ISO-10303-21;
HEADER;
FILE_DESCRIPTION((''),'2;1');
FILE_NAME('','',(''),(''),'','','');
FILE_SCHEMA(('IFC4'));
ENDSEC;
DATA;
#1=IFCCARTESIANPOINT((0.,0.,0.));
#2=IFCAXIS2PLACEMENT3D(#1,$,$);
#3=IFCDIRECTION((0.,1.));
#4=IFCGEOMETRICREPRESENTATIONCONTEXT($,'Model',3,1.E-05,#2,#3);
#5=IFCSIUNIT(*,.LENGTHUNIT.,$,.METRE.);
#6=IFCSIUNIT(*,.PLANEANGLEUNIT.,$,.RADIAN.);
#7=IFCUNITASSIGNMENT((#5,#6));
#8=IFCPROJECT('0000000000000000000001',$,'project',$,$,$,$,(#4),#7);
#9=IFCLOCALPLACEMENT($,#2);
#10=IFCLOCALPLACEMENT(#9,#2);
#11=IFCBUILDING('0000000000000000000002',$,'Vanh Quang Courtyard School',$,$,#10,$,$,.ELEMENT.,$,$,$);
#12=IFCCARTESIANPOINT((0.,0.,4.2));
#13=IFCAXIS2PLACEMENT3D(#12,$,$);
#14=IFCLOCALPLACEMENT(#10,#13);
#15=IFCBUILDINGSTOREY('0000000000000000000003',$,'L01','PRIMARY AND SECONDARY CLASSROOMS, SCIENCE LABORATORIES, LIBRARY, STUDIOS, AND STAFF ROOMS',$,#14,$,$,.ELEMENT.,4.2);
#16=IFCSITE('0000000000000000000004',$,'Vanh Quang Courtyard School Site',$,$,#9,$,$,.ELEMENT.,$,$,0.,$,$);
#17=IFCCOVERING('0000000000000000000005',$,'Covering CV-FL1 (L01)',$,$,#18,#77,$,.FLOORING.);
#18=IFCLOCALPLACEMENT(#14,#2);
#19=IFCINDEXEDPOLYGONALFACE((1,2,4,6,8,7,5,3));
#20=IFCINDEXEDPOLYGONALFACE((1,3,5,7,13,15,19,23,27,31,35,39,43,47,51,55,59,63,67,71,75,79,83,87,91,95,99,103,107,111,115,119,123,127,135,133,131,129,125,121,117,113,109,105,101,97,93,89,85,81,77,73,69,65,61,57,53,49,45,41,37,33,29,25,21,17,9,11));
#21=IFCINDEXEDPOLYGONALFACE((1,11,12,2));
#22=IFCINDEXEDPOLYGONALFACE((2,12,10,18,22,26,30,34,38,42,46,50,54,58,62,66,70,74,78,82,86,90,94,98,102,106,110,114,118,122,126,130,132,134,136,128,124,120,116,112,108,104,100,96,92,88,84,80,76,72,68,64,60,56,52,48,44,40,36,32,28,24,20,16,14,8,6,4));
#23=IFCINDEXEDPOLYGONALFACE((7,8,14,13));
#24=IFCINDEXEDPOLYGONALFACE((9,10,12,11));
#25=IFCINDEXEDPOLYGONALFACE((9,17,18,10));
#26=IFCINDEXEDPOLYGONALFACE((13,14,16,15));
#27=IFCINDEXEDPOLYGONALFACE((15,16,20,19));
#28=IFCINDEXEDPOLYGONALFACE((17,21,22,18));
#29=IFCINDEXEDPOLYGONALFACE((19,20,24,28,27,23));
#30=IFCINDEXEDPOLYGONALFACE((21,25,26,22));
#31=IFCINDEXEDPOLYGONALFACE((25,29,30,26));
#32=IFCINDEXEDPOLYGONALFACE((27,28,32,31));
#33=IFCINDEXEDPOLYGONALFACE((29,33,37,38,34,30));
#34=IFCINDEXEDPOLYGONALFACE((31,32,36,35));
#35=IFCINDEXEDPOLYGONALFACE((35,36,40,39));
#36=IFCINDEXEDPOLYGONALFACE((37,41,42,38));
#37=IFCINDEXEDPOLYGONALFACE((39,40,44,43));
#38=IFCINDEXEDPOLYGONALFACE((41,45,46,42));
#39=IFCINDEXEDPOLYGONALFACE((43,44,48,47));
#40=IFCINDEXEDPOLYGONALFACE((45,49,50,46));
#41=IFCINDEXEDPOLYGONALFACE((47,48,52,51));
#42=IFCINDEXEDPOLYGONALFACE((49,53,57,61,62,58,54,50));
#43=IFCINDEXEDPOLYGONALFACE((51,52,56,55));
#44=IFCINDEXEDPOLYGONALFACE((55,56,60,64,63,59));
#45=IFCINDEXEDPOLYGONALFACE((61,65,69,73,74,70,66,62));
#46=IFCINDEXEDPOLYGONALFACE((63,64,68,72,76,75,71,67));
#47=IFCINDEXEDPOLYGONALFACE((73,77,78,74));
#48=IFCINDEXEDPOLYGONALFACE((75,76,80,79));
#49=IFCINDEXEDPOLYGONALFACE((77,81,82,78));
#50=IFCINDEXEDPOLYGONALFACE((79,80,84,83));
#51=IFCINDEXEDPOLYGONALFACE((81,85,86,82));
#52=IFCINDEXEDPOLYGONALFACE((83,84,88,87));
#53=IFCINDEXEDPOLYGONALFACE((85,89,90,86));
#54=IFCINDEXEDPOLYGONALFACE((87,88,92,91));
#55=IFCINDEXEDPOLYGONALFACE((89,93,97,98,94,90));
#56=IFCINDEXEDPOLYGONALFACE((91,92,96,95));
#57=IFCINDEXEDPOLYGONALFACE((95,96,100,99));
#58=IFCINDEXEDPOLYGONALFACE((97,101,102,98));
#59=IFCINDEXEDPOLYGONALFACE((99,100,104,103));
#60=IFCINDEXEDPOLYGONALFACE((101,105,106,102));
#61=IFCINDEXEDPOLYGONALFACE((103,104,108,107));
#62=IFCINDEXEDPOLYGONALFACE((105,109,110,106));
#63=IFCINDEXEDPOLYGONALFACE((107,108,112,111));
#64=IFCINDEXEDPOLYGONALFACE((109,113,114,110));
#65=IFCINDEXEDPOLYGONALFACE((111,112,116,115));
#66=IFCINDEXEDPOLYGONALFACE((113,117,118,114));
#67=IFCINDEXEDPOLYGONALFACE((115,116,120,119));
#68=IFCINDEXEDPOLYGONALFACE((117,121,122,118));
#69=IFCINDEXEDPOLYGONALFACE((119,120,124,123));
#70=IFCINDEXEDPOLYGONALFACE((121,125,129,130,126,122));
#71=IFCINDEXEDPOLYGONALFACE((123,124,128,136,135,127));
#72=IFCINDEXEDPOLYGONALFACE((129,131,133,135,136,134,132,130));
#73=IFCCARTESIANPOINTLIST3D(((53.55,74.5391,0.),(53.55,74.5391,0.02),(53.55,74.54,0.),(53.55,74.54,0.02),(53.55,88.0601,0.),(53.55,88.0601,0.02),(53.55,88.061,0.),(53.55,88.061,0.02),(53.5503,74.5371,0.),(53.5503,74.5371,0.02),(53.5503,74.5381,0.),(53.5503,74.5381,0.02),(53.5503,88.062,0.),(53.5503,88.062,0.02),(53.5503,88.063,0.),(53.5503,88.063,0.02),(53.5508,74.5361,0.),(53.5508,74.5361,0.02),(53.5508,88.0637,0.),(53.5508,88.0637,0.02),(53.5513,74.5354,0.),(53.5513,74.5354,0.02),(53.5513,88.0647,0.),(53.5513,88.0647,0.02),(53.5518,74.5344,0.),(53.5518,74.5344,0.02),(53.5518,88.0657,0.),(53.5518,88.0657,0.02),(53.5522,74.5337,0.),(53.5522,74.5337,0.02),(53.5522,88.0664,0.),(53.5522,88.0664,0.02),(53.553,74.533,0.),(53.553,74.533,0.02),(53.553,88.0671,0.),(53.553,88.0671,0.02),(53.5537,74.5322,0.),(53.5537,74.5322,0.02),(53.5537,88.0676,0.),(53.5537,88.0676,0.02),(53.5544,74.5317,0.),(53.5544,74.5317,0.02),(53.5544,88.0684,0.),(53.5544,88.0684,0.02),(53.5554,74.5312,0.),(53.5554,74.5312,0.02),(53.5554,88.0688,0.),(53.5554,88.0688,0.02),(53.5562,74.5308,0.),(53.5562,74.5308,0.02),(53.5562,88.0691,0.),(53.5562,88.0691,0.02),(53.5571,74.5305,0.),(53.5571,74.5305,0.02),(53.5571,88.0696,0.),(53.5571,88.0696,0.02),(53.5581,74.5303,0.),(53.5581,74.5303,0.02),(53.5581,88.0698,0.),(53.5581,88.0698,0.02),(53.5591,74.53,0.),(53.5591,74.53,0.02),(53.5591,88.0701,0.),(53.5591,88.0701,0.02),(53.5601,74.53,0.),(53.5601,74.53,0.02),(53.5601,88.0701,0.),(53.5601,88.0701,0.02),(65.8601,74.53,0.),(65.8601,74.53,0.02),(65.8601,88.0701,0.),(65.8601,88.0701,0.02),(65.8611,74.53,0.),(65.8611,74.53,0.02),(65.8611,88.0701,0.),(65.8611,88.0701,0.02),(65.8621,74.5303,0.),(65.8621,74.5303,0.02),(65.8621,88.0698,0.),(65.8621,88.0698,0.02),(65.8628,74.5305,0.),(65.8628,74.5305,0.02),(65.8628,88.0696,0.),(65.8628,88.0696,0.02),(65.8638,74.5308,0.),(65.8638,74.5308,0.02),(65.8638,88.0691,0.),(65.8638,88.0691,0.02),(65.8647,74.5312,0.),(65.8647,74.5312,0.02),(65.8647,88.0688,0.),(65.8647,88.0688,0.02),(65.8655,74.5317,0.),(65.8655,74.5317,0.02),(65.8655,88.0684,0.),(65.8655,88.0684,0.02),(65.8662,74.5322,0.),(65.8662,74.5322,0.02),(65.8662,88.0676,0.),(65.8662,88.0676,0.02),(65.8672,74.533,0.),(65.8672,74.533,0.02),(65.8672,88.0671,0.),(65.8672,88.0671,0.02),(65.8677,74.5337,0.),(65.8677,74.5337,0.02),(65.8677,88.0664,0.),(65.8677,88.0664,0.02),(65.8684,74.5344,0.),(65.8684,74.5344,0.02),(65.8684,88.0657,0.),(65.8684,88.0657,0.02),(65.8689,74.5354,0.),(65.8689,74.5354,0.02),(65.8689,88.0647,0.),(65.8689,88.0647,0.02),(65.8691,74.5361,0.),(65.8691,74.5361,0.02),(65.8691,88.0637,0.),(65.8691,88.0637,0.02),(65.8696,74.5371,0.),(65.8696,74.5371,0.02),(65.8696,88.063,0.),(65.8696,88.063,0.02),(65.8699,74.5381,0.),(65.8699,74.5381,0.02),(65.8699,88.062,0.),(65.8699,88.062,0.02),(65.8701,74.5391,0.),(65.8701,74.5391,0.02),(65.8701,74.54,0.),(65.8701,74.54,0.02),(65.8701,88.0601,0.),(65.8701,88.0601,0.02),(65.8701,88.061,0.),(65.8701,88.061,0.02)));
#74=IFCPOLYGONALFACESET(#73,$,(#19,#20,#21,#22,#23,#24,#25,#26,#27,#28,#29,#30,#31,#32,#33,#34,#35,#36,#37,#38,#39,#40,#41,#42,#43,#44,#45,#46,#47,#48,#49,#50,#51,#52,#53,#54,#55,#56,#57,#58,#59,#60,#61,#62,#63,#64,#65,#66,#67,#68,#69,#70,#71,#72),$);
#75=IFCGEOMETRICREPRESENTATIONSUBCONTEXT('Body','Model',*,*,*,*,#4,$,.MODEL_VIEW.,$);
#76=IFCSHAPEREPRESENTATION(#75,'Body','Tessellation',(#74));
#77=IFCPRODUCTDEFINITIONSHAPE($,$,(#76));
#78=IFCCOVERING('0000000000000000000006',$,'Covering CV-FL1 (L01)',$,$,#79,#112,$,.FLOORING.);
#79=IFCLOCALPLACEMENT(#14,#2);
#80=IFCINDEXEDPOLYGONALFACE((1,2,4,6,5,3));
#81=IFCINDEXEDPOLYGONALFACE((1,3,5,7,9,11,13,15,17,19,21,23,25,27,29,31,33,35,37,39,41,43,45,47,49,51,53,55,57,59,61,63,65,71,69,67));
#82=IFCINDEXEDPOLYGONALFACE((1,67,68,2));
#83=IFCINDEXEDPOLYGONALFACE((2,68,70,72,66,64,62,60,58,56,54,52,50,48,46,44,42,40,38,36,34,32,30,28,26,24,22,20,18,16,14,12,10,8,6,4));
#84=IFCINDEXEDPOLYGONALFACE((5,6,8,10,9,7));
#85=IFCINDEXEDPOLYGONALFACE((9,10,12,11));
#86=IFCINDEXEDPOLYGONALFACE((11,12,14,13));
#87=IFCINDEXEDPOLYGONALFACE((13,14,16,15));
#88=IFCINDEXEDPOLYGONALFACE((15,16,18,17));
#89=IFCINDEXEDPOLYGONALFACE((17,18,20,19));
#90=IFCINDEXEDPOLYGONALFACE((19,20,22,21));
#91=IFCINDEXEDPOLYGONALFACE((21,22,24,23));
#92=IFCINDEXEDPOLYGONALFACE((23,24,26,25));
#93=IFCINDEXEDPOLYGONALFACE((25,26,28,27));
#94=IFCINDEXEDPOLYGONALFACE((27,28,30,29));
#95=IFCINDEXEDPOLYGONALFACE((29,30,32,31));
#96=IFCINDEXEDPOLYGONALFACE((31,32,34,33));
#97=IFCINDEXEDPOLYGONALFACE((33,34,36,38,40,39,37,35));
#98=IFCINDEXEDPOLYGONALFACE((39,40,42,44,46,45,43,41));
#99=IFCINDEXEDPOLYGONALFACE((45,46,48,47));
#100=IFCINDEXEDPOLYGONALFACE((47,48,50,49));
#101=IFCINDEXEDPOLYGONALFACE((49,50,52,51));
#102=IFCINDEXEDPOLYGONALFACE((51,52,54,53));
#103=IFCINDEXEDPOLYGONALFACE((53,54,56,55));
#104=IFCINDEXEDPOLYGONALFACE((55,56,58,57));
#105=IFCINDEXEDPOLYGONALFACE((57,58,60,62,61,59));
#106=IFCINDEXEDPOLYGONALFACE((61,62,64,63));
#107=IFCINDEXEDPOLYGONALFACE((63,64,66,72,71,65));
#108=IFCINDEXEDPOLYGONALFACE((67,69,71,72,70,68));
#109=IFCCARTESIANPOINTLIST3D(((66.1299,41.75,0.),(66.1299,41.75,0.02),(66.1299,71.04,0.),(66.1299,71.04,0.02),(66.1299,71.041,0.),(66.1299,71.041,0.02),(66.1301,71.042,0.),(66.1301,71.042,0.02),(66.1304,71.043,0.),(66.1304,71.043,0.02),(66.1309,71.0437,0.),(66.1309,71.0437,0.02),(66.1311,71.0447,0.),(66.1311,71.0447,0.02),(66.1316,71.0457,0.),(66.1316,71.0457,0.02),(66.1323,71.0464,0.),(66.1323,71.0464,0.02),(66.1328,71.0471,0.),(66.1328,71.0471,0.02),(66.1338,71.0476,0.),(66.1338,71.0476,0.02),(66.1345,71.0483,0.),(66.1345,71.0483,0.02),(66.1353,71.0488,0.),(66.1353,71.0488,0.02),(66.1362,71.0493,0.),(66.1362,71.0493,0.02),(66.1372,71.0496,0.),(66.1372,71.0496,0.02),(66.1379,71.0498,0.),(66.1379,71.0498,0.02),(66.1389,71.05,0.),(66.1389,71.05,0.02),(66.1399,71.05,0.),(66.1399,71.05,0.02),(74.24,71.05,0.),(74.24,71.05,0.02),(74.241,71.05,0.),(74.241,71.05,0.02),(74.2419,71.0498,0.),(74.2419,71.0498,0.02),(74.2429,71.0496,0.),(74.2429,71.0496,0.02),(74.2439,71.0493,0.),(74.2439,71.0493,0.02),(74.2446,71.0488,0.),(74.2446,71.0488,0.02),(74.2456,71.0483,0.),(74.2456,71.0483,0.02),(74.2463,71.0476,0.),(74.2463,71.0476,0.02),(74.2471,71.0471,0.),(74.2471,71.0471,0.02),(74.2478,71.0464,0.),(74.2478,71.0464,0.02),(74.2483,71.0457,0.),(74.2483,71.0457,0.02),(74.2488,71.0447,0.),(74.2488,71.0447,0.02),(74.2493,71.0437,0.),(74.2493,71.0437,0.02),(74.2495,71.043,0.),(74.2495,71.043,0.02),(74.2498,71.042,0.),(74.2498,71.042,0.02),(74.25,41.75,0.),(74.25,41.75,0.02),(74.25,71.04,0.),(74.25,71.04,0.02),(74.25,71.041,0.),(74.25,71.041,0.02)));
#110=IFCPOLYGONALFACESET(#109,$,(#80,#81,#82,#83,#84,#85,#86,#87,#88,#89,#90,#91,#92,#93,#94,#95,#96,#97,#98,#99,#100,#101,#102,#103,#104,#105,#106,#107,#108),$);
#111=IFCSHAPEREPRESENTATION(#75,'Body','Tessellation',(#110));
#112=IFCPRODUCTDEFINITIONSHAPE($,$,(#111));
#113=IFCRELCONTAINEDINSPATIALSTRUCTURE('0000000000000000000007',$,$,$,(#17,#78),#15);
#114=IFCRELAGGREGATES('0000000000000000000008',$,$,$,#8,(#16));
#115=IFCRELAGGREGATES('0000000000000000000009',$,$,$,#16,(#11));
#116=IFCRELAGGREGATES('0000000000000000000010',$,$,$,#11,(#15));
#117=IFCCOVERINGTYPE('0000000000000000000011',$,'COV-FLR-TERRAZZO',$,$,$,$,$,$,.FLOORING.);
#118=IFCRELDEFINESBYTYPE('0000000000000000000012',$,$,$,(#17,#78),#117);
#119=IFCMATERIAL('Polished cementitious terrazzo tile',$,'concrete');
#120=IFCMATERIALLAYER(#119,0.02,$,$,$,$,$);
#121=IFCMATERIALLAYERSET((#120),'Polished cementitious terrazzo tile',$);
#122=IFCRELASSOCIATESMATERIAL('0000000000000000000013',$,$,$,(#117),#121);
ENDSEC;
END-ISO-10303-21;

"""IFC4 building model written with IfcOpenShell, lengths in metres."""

from ifc_helpers import new_model, si_unit, direction, frame, origin, place, context, subcontext, project, spatial, polyline, outline, extrude, material, layer, layer_set, type_object, element, save


model = new_model("IFC4")

# Units and contexts
model_context = context("Model", 3, precision=1e-05, world=origin(), true_north=direction((0.0, 1.0)))
body_context = subcontext(model_context, "Body", "Model", "MODEL_VIEW")
ifc_project = project(units=[si_unit("LENGTHUNIT", "METRE"), si_unit("PLANEANGLEUNIT", "RADIAN")], contexts=[model_context])

# Site, building, storey
site_placement = place(None, origin())
site = spatial("IfcSite", under=ifc_project, at=site_placement, Name="Vanh Quang Courtyard School Site", CompositionType="ELEMENT", RefElevation=0.0)
building_placement = place(site_placement, origin())
building = spatial("IfcBuilding", under=site, at=building_placement, Name="Vanh Quang Courtyard School", CompositionType="ELEMENT")
storey_placement = place(building_placement, frame((0.0, 0.0, 4.2)))
storey = spatial("IfcBuildingStorey", under=building, at=storey_placement, Name="L01", Description="PRIMARY AND SECONDARY CLASSROOMS, SCIENCE LABORATORIES, LIBRARY, STUDIOS, AND STAFF ROOMS", CompositionType="ELEMENT", Elevation=4.2)

# Coverings
ifc_material_1 = material(Name="Polished cementitious terrazzo tile", Category="concrete")
ifc_layer_1 = layer(ifc_material_1, 0.02)
ifc_layer_set_1 = layer_set([ifc_layer_1], Name="Polished cementitious terrazzo tile")
covering_type_1 = type_object("IfcCoveringType", Name="COV-FLR-TERRAZZO", PredefinedType="FLOORING", material=ifc_layer_set_1)
covering_1_placement = place(storey_placement, origin())
element("IfcCovering", 1, at=covering_1_placement, inside=storey, type_object=covering_type_1, Name="Covering CV-FL1 (L01)", PredefinedType="FLOORING", context=body_context, shape_type="SweptSolid", body=[
    extrude(outline(polyline([(53.55, 88.0601), (53.55, 88.061), (53.5503, 88.062), (53.5503, 88.063), (53.5508, 88.0637), (53.5513, 88.0647), (53.5518, 88.0657), (53.5522, 88.0664), (53.553, 88.0671), (53.5537, 88.0676), (53.5544, 88.0684), (53.5554, 88.0688), (53.5562, 88.0691), (53.5571, 88.0696), (53.5581, 88.0698), (53.5591, 88.0701), (53.5601, 88.0701), (65.8601, 88.0701), (65.8611, 88.0701), (65.8621, 88.0698), (65.8628, 88.0696), (65.8638, 88.0691), (65.8647, 88.0688), (65.8655, 88.0684), (65.8662, 88.0676), (65.8672, 88.0671), (65.8677, 88.0664), (65.8684, 88.0657), (65.8689, 88.0647), (65.8691, 88.0637), (65.8696, 88.063), (65.8699, 88.062), (65.8701, 88.061), (65.8701, 88.0601), (65.8701, 74.54), (65.8701, 74.5391), (65.8699, 74.5381), (65.8696, 74.5371), (65.8691, 74.5361), (65.8689, 74.5354), (65.8684, 74.5344), (65.8677, 74.5337), (65.8672, 74.533), (65.8662, 74.5322), (65.8655, 74.5317), (65.8647, 74.5312), (65.8638, 74.5308), (65.8628, 74.5305), (65.8621, 74.5303), (65.8611, 74.53), (65.8601, 74.53), (53.5601, 74.53), (53.5591, 74.53), (53.5581, 74.5303), (53.5571, 74.5305), (53.5562, 74.5308), (53.5554, 74.5312), (53.5544, 74.5317), (53.5537, 74.5322), (53.553, 74.533), (53.5522, 74.5337), (53.5518, 74.5344), (53.5513, 74.5354), (53.5508, 74.5361), (53.5503, 74.5371), (53.5503, 74.5381), (53.55, 74.5391), (53.55, 74.54), (53.55, 88.0601)])), origin(), (0.0, 0.0, 1.0), 0.02),
])
covering_2_placement = place(storey_placement, origin())
element("IfcCovering", 2, at=covering_2_placement, inside=storey, type_object=covering_type_1, Name="Covering CV-FL1 (L01)", PredefinedType="FLOORING", context=body_context, shape_type="SweptSolid", body=[
    extrude(outline(polyline([(66.1299, 71.04), (66.1299, 71.041), (66.1301, 71.042), (66.1304, 71.043), (66.1309, 71.0437), (66.1311, 71.0447), (66.1316, 71.0457), (66.1323, 71.0464), (66.1328, 71.0471), (66.1338, 71.0476), (66.1345, 71.0483), (66.1353, 71.0488), (66.1362, 71.0493), (66.1372, 71.0496), (66.1379, 71.0498), (66.1389, 71.05), (66.1399, 71.05), (74.24, 71.05), (74.241, 71.05), (74.2419, 71.0498), (74.2429, 71.0496), (74.2439, 71.0493), (74.2446, 71.0488), (74.2456, 71.0483), (74.2463, 71.0476), (74.2471, 71.0471), (74.2478, 71.0464), (74.2483, 71.0457), (74.2488, 71.0447), (74.2493, 71.0437), (74.2495, 71.043), (74.2498, 71.042), (74.25, 71.041), (74.25, 71.04), (74.25, 41.75), (66.1299, 41.75), (66.1299, 71.04)])), origin(), (0.0, 0.0, 1.0), 0.02),
])

save(model, "model.ifc")
